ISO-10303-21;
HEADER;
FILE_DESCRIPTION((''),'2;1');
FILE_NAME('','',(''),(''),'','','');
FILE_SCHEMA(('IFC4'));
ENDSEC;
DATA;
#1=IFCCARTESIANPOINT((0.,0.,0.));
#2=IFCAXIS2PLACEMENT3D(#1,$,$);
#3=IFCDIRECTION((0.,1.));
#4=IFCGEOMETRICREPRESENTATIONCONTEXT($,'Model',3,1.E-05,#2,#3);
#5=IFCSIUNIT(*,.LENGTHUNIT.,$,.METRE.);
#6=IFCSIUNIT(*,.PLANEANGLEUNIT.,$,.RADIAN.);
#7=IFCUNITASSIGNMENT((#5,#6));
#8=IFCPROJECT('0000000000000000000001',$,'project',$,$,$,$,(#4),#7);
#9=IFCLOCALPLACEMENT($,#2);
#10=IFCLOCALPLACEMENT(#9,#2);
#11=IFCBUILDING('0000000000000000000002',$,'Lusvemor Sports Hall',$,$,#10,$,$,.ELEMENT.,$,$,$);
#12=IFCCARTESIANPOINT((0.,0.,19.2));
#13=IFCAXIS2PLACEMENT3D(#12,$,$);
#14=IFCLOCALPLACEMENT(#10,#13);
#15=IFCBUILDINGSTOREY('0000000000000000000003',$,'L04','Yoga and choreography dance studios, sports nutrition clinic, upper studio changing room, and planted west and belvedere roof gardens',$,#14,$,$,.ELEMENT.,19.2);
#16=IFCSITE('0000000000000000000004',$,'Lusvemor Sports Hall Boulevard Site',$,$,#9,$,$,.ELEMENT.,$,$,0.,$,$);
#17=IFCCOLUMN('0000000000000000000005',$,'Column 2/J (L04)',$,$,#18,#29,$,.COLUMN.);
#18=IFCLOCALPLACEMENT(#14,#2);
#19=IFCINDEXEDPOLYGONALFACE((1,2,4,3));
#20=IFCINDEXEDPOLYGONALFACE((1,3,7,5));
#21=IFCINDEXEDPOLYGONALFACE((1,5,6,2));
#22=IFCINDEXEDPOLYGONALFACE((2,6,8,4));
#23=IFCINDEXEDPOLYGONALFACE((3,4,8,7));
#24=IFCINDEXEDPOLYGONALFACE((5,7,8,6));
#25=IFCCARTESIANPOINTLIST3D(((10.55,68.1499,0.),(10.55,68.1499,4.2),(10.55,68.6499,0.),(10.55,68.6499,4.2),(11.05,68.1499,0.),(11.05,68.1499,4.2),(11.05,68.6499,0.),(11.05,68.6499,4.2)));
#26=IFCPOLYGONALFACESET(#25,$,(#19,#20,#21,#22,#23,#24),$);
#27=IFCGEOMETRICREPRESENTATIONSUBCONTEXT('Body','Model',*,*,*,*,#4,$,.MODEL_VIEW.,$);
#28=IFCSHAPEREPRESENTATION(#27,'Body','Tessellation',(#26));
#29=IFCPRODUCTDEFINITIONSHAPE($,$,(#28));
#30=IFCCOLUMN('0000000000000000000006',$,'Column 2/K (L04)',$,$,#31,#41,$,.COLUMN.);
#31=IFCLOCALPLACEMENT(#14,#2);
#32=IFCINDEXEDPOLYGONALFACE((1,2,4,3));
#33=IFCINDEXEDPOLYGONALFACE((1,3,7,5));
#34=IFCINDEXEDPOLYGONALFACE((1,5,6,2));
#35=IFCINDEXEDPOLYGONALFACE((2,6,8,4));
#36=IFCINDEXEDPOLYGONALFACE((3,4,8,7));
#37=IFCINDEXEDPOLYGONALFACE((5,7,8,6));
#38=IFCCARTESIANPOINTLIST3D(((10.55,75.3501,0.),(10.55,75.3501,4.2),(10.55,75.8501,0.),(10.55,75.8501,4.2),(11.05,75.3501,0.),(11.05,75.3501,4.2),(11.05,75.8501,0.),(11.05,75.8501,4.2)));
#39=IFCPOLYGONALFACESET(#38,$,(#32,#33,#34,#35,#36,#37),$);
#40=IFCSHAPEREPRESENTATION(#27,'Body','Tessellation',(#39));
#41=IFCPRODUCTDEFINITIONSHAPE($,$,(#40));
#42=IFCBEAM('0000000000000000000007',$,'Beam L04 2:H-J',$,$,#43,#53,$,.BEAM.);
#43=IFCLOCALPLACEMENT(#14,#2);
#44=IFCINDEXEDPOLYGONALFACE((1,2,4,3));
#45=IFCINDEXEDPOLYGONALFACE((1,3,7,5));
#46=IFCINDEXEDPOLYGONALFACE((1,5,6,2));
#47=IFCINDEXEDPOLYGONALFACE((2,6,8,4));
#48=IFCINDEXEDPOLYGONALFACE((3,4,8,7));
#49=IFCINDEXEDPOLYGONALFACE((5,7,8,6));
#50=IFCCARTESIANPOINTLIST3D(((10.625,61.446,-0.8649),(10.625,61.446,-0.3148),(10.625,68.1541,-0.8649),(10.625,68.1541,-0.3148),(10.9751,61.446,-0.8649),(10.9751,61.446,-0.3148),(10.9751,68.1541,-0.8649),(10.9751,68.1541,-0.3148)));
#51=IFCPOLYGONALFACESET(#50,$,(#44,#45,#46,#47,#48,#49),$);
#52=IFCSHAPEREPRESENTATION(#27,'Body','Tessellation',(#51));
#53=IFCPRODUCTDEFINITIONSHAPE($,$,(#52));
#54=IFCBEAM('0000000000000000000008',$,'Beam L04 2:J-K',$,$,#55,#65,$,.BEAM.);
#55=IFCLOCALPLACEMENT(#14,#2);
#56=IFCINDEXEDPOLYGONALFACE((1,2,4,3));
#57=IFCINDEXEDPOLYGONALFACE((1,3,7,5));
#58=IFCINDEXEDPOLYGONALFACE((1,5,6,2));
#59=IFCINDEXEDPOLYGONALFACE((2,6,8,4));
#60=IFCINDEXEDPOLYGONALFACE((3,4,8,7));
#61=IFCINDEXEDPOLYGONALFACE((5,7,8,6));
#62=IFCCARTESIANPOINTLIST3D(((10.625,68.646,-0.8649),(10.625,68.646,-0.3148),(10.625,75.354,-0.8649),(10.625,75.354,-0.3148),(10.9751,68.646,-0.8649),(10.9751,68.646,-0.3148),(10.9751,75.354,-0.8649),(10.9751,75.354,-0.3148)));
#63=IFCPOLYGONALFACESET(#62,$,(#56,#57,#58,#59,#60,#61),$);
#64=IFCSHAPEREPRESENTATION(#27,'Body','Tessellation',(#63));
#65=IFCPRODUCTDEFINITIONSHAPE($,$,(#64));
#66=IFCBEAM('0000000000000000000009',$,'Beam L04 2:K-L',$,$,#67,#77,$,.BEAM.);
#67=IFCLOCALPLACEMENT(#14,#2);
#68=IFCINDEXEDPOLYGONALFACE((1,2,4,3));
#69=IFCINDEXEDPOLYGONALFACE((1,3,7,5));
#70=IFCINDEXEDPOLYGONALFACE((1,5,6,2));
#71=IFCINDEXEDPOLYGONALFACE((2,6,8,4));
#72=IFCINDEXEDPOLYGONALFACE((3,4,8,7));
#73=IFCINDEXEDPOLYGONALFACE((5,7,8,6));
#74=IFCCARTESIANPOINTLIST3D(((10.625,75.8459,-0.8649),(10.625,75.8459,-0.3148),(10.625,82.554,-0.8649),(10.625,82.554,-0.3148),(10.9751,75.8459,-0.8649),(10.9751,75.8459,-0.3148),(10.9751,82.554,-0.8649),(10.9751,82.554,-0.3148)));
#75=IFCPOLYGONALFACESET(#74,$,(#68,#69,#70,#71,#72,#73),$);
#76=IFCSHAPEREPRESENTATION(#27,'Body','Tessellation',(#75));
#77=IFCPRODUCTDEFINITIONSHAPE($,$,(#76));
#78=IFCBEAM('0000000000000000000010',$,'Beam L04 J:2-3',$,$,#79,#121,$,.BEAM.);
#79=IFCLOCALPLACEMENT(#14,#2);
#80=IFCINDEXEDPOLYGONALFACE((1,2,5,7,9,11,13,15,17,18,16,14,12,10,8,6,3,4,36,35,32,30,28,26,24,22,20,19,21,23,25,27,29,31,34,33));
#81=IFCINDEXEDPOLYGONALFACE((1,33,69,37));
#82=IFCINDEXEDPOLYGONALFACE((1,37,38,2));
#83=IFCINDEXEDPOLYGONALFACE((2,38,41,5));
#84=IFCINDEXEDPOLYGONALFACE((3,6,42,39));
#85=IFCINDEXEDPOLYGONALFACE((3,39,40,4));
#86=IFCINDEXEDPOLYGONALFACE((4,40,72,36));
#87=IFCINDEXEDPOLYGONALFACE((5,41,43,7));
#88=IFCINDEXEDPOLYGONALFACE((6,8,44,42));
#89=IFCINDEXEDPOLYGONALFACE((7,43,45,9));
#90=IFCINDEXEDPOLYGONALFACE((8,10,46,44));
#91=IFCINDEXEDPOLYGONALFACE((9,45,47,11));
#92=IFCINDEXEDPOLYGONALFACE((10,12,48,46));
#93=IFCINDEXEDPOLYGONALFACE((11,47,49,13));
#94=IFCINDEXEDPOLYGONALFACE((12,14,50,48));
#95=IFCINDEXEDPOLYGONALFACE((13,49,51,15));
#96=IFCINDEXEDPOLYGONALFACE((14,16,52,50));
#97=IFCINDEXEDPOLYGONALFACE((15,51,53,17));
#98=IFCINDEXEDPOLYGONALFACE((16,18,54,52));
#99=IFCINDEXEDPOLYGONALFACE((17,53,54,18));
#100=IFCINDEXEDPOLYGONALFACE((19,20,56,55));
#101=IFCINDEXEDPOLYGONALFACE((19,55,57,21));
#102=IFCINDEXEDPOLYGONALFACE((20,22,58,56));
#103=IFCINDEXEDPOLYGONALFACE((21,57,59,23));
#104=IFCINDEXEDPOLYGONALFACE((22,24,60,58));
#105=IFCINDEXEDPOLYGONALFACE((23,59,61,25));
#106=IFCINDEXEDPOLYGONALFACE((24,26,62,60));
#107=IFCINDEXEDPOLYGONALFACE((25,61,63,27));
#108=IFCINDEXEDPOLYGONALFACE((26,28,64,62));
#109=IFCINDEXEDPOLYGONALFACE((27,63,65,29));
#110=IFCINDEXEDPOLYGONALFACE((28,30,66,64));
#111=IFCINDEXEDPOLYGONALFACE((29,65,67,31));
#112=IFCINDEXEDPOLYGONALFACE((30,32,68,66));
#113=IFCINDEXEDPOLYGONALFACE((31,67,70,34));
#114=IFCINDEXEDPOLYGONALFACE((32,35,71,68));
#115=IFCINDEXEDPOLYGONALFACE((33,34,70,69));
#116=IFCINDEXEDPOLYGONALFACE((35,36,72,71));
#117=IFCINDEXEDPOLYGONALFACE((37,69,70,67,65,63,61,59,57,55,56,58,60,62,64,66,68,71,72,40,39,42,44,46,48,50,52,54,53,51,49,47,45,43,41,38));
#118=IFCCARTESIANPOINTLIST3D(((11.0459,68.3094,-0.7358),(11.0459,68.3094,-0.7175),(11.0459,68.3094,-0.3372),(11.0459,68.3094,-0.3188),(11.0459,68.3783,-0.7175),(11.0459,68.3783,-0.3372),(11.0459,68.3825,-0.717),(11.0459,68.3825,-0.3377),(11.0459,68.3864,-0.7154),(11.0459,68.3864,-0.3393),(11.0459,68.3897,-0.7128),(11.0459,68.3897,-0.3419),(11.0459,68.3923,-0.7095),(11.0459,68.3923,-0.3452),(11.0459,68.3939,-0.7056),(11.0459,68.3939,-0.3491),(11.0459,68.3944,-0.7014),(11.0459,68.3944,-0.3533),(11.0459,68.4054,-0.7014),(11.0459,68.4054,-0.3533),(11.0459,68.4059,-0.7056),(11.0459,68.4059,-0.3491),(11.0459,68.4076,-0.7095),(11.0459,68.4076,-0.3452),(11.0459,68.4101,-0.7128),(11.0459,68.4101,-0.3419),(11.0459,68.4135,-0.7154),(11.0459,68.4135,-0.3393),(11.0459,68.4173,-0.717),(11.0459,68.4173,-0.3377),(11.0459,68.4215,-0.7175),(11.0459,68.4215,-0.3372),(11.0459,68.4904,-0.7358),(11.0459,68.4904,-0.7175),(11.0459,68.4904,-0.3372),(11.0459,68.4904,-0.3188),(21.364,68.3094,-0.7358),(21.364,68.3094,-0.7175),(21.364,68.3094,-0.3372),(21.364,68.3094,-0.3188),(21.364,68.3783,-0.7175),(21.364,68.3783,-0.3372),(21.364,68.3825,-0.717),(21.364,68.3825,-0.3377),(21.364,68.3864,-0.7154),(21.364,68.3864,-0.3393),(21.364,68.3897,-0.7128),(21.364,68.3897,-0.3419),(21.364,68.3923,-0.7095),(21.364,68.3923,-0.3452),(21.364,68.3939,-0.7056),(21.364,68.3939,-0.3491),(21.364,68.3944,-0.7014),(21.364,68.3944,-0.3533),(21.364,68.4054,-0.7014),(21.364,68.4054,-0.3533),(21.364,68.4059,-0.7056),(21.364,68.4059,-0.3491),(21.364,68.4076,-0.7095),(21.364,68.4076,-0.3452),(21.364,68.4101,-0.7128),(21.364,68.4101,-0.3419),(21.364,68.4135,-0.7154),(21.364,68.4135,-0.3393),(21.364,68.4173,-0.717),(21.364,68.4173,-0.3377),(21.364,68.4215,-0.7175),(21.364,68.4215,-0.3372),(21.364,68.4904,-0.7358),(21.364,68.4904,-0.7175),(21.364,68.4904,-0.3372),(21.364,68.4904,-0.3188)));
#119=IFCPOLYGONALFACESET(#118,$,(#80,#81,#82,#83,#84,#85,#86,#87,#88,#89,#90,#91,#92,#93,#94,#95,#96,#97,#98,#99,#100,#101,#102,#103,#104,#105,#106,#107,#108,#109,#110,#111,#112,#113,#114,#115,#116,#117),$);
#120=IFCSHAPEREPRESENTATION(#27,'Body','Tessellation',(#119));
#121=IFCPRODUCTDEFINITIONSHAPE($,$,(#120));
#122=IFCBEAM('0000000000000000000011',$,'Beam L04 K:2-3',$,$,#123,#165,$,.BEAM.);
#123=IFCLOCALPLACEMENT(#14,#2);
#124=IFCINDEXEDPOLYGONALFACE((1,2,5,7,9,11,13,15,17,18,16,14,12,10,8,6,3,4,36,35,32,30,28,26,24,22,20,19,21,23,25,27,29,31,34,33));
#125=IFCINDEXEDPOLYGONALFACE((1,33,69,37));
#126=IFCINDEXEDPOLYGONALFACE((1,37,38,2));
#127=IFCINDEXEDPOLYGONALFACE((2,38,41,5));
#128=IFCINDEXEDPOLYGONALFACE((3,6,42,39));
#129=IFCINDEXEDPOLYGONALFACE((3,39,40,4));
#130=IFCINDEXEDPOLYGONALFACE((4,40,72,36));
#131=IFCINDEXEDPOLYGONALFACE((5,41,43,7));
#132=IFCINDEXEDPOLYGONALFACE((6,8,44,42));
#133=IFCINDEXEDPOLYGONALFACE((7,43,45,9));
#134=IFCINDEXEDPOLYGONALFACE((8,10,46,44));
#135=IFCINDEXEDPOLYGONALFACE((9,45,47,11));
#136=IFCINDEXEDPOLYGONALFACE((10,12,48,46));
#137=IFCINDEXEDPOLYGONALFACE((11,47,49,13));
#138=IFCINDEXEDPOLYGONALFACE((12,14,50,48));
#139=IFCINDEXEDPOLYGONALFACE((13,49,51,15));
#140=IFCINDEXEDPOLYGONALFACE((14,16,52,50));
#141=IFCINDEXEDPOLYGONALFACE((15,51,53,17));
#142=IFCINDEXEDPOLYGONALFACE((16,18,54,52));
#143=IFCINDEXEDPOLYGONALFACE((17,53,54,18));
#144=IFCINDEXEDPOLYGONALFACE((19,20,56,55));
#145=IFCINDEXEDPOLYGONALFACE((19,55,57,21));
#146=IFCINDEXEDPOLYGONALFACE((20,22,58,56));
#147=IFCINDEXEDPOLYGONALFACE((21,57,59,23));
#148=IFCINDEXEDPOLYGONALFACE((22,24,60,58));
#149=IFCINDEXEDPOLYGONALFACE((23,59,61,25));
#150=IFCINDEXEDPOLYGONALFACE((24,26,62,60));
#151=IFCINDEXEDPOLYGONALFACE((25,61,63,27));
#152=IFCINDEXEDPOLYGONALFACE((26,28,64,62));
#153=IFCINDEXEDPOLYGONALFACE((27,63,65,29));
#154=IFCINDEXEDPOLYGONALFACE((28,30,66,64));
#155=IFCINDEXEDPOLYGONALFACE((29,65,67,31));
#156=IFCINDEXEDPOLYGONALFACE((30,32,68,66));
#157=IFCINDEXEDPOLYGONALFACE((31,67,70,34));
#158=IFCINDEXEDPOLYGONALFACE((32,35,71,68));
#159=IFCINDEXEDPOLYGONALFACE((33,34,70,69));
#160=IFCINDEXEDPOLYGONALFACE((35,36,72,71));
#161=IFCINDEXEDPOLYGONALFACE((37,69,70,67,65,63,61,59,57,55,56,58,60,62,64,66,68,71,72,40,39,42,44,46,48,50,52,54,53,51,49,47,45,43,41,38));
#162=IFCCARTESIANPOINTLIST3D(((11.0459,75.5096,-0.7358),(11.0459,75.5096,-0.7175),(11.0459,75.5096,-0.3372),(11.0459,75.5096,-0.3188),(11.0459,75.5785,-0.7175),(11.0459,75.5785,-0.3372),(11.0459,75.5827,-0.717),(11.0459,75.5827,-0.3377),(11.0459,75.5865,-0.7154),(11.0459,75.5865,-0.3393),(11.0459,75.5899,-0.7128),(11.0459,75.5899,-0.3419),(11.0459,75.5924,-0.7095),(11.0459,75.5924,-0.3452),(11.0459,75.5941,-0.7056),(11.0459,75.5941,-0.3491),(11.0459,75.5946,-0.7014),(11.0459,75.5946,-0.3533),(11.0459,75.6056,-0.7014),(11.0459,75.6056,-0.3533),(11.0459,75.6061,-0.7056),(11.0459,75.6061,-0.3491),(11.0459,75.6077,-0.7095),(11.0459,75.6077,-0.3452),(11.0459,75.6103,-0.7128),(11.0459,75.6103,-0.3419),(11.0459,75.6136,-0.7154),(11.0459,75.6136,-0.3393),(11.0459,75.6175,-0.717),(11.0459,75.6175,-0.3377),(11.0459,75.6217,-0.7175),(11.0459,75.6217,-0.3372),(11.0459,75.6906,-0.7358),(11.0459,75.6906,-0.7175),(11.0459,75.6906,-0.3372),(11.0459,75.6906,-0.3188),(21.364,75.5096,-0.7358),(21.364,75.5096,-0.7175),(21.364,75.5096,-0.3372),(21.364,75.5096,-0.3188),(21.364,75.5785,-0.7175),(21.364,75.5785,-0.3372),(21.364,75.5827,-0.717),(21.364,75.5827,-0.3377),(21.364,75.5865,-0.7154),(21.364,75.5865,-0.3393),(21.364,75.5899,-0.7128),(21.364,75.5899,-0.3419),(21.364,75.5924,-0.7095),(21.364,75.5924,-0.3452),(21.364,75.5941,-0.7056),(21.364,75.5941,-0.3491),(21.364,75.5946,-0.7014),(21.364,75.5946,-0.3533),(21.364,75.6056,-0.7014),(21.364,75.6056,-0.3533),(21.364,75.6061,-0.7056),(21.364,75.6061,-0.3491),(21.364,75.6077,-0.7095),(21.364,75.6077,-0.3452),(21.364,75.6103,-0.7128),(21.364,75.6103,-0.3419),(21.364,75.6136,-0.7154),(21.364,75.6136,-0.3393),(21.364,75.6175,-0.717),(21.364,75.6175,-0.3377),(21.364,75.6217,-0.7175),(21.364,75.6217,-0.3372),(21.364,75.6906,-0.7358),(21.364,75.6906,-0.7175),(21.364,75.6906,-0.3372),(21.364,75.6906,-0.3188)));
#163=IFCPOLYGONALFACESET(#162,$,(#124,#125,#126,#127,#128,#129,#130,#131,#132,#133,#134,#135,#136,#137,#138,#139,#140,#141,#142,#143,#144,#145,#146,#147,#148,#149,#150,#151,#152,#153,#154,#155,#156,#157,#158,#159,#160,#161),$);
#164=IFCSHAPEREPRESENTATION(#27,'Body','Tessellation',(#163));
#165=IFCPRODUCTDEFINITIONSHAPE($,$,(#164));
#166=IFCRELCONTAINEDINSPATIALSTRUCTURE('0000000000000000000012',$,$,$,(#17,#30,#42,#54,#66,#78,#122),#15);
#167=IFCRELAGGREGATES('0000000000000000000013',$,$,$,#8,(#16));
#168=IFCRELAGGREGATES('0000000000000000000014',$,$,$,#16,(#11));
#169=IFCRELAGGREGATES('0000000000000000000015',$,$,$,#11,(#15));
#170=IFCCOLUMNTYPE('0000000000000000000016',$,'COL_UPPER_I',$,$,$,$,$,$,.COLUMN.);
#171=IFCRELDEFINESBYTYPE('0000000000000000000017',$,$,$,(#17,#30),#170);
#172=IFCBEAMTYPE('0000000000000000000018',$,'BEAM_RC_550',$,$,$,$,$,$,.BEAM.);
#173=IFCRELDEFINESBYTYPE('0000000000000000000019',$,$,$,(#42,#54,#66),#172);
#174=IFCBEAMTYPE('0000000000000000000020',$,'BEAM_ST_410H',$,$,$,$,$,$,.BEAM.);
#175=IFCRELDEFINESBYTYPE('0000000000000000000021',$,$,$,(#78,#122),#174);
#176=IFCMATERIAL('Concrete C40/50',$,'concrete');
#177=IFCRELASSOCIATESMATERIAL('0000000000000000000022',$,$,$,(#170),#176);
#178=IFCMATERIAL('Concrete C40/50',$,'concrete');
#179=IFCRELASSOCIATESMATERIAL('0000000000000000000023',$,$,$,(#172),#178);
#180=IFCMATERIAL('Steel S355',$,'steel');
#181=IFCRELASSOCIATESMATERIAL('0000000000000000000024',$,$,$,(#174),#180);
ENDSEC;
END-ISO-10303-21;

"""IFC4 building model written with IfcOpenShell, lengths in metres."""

from ifc_helpers import new_model, si_unit, direction, frame, origin, origin_2d, place, context, subcontext, project, spatial, rectangle, i_section, extrude, material, material_profile, profile_set, type_object, element, save


model = new_model("IFC4")

# Units and contexts
model_context = context("Model", 3, precision=1e-05, world=origin(), true_north=direction((0.0, 1.0)))
body_context = subcontext(model_context, "Body", "Model", "MODEL_VIEW")
ifc_project = project(units=[si_unit("LENGTHUNIT", "METRE"), si_unit("PLANEANGLEUNIT", "RADIAN")], contexts=[model_context])

# Site, building, storey
site_placement = place(None, origin())
site = spatial("IfcSite", under=ifc_project, at=site_placement, Name="Lusvemor Sports Hall Boulevard Site", CompositionType="ELEMENT", RefElevation=0.0)
building_placement = place(site_placement, origin())
building = spatial("IfcBuilding", under=site, at=building_placement, Name="Lusvemor Sports Hall", CompositionType="ELEMENT")
storey_placement = place(building_placement, frame((0.0, 0.0, 19.2)))
storey = spatial("IfcBuildingStorey", under=building, at=storey_placement, Name="L04", Description="Yoga and choreography dance studios, sports nutrition clinic, upper studio changing room, and planted west and belvedere roof gardens", CompositionType="ELEMENT", Elevation=19.2)

# Columns
ifc_material_1 = material(Name="Concrete C40/50", Category="concrete")
ifc_material_profile_1 = material_profile(ifc_material_1, rectangle(XDim=0.5, YDim=0.5, at=origin_2d()), Name="RC500x500")
ifc_profile_set_1 = profile_set([ifc_material_profile_1], Name="Concrete C40/50")
column_type = type_object("IfcColumnType", Name="COL_UPPER_I", PredefinedType="COLUMN", material=ifc_profile_set_1)
for number, where, z_axis, x_axis, name in (
    (1, (10.8, 68.3999, 0.0), (0.0, 0.0, 1.0), (1.0, 0.0, 0.0), "Column 2/J (L04)"),
    (2, (10.8, 75.6001, 0.0), (0.0, 0.0, 1.0), (1.0, 0.0, 0.0), "Column 2/K (L04)"),
):
    element("IfcColumn", number, at=place(storey_placement, frame(where, z_axis=z_axis, x_axis=x_axis)), inside=storey, type_object=column_type, Name=name, PredefinedType="COLUMN", context=body_context, shape_type="SweptSolid", body=[
        extrude(rectangle(XDim=0.5, YDim=0.5, at=origin_2d()), origin(), (0.0, 0.0, 1.0), 4.2),
    ])

# Beams
ifc_material_2 = material(Name="Concrete C40/50", Category="concrete")
ifc_material_profile_2 = material_profile(ifc_material_2, rectangle(XDim=0.3501, YDim=0.55, at=origin_2d()), Name="RC350x550")
ifc_profile_set_2 = profile_set([ifc_material_profile_2], Name="Concrete C40/50")
beam_type_1 = type_object("IfcBeamType", Name="BEAM_RC_550", PredefinedType="BEAM", material=ifc_profile_set_2)
for number, where, z_axis, x_axis, name in (
    (3, (10.8, 61.446, -0.5898), (0.0, 1.0, 0.0), (-1.0, 0.0, 0.0), "Beam L04 2:H-J"),
    (4, (10.8, 68.646, -0.5898), (0.0, 1.0, 0.0), (-1.0, 0.0, 0.0), "Beam L04 2:J-K"),
    (5, (10.8, 75.8459, -0.5898), (0.0, 1.0, 0.0), (-1.0, 0.0, 0.0), "Beam L04 2:K-L"),
):
    element("IfcBeam", number, at=place(storey_placement, frame(where, z_axis=z_axis, x_axis=x_axis)), inside=storey, type_object=beam_type_1, Name=name, PredefinedType="BEAM", context=body_context, shape_type="SweptSolid", body=[
        extrude(rectangle(XDim=0.3501, YDim=0.55, at=origin_2d()), origin(), (0.0, 0.0, 1.0), 6.708),
    ])
ifc_material_3 = material(Name="Steel S355", Category="steel")
ifc_material_profile_3 = material_profile(ifc_material_3, i_section(OverallWidth=0.1809, OverallDepth=0.417, WebThickness=0.011, FlangeThickness=0.0183, FilletRadius=0.0161, at=origin_2d()), Name="W410x85.0")
ifc_profile_set_3 = profile_set([ifc_material_profile_3], Name="Steel S355")
beam_type_2 = type_object("IfcBeamType", Name="BEAM_ST_410H", PredefinedType="BEAM", material=ifc_profile_set_3)
for number, where, z_axis, x_axis, name in (
    (6, (11.0459, 68.3999, -0.5273), (1.0, 0.0, 0.0), (0.0, 1.0, 0.0), "Beam L04 J:2-3"),
    (7, (11.0459, 75.6001, -0.5273), (1.0, 0.0, 0.0), (0.0, 1.0, 0.0), "Beam L04 K:2-3"),
):
    element("IfcBeam", number, at=place(storey_placement, frame(where, z_axis=z_axis, x_axis=x_axis)), inside=storey, type_object=beam_type_2, Name=name, PredefinedType="BEAM", context=body_context, shape_type="SweptSolid", body=[
        extrude(i_section(OverallWidth=0.1809, OverallDepth=0.417, WebThickness=0.011, FlangeThickness=0.0183, FilletRadius=0.0161, at=origin_2d()), origin(), (0.0, 0.0, 1.0), 10.3181),
    ])

save(model, "model.ifc")
